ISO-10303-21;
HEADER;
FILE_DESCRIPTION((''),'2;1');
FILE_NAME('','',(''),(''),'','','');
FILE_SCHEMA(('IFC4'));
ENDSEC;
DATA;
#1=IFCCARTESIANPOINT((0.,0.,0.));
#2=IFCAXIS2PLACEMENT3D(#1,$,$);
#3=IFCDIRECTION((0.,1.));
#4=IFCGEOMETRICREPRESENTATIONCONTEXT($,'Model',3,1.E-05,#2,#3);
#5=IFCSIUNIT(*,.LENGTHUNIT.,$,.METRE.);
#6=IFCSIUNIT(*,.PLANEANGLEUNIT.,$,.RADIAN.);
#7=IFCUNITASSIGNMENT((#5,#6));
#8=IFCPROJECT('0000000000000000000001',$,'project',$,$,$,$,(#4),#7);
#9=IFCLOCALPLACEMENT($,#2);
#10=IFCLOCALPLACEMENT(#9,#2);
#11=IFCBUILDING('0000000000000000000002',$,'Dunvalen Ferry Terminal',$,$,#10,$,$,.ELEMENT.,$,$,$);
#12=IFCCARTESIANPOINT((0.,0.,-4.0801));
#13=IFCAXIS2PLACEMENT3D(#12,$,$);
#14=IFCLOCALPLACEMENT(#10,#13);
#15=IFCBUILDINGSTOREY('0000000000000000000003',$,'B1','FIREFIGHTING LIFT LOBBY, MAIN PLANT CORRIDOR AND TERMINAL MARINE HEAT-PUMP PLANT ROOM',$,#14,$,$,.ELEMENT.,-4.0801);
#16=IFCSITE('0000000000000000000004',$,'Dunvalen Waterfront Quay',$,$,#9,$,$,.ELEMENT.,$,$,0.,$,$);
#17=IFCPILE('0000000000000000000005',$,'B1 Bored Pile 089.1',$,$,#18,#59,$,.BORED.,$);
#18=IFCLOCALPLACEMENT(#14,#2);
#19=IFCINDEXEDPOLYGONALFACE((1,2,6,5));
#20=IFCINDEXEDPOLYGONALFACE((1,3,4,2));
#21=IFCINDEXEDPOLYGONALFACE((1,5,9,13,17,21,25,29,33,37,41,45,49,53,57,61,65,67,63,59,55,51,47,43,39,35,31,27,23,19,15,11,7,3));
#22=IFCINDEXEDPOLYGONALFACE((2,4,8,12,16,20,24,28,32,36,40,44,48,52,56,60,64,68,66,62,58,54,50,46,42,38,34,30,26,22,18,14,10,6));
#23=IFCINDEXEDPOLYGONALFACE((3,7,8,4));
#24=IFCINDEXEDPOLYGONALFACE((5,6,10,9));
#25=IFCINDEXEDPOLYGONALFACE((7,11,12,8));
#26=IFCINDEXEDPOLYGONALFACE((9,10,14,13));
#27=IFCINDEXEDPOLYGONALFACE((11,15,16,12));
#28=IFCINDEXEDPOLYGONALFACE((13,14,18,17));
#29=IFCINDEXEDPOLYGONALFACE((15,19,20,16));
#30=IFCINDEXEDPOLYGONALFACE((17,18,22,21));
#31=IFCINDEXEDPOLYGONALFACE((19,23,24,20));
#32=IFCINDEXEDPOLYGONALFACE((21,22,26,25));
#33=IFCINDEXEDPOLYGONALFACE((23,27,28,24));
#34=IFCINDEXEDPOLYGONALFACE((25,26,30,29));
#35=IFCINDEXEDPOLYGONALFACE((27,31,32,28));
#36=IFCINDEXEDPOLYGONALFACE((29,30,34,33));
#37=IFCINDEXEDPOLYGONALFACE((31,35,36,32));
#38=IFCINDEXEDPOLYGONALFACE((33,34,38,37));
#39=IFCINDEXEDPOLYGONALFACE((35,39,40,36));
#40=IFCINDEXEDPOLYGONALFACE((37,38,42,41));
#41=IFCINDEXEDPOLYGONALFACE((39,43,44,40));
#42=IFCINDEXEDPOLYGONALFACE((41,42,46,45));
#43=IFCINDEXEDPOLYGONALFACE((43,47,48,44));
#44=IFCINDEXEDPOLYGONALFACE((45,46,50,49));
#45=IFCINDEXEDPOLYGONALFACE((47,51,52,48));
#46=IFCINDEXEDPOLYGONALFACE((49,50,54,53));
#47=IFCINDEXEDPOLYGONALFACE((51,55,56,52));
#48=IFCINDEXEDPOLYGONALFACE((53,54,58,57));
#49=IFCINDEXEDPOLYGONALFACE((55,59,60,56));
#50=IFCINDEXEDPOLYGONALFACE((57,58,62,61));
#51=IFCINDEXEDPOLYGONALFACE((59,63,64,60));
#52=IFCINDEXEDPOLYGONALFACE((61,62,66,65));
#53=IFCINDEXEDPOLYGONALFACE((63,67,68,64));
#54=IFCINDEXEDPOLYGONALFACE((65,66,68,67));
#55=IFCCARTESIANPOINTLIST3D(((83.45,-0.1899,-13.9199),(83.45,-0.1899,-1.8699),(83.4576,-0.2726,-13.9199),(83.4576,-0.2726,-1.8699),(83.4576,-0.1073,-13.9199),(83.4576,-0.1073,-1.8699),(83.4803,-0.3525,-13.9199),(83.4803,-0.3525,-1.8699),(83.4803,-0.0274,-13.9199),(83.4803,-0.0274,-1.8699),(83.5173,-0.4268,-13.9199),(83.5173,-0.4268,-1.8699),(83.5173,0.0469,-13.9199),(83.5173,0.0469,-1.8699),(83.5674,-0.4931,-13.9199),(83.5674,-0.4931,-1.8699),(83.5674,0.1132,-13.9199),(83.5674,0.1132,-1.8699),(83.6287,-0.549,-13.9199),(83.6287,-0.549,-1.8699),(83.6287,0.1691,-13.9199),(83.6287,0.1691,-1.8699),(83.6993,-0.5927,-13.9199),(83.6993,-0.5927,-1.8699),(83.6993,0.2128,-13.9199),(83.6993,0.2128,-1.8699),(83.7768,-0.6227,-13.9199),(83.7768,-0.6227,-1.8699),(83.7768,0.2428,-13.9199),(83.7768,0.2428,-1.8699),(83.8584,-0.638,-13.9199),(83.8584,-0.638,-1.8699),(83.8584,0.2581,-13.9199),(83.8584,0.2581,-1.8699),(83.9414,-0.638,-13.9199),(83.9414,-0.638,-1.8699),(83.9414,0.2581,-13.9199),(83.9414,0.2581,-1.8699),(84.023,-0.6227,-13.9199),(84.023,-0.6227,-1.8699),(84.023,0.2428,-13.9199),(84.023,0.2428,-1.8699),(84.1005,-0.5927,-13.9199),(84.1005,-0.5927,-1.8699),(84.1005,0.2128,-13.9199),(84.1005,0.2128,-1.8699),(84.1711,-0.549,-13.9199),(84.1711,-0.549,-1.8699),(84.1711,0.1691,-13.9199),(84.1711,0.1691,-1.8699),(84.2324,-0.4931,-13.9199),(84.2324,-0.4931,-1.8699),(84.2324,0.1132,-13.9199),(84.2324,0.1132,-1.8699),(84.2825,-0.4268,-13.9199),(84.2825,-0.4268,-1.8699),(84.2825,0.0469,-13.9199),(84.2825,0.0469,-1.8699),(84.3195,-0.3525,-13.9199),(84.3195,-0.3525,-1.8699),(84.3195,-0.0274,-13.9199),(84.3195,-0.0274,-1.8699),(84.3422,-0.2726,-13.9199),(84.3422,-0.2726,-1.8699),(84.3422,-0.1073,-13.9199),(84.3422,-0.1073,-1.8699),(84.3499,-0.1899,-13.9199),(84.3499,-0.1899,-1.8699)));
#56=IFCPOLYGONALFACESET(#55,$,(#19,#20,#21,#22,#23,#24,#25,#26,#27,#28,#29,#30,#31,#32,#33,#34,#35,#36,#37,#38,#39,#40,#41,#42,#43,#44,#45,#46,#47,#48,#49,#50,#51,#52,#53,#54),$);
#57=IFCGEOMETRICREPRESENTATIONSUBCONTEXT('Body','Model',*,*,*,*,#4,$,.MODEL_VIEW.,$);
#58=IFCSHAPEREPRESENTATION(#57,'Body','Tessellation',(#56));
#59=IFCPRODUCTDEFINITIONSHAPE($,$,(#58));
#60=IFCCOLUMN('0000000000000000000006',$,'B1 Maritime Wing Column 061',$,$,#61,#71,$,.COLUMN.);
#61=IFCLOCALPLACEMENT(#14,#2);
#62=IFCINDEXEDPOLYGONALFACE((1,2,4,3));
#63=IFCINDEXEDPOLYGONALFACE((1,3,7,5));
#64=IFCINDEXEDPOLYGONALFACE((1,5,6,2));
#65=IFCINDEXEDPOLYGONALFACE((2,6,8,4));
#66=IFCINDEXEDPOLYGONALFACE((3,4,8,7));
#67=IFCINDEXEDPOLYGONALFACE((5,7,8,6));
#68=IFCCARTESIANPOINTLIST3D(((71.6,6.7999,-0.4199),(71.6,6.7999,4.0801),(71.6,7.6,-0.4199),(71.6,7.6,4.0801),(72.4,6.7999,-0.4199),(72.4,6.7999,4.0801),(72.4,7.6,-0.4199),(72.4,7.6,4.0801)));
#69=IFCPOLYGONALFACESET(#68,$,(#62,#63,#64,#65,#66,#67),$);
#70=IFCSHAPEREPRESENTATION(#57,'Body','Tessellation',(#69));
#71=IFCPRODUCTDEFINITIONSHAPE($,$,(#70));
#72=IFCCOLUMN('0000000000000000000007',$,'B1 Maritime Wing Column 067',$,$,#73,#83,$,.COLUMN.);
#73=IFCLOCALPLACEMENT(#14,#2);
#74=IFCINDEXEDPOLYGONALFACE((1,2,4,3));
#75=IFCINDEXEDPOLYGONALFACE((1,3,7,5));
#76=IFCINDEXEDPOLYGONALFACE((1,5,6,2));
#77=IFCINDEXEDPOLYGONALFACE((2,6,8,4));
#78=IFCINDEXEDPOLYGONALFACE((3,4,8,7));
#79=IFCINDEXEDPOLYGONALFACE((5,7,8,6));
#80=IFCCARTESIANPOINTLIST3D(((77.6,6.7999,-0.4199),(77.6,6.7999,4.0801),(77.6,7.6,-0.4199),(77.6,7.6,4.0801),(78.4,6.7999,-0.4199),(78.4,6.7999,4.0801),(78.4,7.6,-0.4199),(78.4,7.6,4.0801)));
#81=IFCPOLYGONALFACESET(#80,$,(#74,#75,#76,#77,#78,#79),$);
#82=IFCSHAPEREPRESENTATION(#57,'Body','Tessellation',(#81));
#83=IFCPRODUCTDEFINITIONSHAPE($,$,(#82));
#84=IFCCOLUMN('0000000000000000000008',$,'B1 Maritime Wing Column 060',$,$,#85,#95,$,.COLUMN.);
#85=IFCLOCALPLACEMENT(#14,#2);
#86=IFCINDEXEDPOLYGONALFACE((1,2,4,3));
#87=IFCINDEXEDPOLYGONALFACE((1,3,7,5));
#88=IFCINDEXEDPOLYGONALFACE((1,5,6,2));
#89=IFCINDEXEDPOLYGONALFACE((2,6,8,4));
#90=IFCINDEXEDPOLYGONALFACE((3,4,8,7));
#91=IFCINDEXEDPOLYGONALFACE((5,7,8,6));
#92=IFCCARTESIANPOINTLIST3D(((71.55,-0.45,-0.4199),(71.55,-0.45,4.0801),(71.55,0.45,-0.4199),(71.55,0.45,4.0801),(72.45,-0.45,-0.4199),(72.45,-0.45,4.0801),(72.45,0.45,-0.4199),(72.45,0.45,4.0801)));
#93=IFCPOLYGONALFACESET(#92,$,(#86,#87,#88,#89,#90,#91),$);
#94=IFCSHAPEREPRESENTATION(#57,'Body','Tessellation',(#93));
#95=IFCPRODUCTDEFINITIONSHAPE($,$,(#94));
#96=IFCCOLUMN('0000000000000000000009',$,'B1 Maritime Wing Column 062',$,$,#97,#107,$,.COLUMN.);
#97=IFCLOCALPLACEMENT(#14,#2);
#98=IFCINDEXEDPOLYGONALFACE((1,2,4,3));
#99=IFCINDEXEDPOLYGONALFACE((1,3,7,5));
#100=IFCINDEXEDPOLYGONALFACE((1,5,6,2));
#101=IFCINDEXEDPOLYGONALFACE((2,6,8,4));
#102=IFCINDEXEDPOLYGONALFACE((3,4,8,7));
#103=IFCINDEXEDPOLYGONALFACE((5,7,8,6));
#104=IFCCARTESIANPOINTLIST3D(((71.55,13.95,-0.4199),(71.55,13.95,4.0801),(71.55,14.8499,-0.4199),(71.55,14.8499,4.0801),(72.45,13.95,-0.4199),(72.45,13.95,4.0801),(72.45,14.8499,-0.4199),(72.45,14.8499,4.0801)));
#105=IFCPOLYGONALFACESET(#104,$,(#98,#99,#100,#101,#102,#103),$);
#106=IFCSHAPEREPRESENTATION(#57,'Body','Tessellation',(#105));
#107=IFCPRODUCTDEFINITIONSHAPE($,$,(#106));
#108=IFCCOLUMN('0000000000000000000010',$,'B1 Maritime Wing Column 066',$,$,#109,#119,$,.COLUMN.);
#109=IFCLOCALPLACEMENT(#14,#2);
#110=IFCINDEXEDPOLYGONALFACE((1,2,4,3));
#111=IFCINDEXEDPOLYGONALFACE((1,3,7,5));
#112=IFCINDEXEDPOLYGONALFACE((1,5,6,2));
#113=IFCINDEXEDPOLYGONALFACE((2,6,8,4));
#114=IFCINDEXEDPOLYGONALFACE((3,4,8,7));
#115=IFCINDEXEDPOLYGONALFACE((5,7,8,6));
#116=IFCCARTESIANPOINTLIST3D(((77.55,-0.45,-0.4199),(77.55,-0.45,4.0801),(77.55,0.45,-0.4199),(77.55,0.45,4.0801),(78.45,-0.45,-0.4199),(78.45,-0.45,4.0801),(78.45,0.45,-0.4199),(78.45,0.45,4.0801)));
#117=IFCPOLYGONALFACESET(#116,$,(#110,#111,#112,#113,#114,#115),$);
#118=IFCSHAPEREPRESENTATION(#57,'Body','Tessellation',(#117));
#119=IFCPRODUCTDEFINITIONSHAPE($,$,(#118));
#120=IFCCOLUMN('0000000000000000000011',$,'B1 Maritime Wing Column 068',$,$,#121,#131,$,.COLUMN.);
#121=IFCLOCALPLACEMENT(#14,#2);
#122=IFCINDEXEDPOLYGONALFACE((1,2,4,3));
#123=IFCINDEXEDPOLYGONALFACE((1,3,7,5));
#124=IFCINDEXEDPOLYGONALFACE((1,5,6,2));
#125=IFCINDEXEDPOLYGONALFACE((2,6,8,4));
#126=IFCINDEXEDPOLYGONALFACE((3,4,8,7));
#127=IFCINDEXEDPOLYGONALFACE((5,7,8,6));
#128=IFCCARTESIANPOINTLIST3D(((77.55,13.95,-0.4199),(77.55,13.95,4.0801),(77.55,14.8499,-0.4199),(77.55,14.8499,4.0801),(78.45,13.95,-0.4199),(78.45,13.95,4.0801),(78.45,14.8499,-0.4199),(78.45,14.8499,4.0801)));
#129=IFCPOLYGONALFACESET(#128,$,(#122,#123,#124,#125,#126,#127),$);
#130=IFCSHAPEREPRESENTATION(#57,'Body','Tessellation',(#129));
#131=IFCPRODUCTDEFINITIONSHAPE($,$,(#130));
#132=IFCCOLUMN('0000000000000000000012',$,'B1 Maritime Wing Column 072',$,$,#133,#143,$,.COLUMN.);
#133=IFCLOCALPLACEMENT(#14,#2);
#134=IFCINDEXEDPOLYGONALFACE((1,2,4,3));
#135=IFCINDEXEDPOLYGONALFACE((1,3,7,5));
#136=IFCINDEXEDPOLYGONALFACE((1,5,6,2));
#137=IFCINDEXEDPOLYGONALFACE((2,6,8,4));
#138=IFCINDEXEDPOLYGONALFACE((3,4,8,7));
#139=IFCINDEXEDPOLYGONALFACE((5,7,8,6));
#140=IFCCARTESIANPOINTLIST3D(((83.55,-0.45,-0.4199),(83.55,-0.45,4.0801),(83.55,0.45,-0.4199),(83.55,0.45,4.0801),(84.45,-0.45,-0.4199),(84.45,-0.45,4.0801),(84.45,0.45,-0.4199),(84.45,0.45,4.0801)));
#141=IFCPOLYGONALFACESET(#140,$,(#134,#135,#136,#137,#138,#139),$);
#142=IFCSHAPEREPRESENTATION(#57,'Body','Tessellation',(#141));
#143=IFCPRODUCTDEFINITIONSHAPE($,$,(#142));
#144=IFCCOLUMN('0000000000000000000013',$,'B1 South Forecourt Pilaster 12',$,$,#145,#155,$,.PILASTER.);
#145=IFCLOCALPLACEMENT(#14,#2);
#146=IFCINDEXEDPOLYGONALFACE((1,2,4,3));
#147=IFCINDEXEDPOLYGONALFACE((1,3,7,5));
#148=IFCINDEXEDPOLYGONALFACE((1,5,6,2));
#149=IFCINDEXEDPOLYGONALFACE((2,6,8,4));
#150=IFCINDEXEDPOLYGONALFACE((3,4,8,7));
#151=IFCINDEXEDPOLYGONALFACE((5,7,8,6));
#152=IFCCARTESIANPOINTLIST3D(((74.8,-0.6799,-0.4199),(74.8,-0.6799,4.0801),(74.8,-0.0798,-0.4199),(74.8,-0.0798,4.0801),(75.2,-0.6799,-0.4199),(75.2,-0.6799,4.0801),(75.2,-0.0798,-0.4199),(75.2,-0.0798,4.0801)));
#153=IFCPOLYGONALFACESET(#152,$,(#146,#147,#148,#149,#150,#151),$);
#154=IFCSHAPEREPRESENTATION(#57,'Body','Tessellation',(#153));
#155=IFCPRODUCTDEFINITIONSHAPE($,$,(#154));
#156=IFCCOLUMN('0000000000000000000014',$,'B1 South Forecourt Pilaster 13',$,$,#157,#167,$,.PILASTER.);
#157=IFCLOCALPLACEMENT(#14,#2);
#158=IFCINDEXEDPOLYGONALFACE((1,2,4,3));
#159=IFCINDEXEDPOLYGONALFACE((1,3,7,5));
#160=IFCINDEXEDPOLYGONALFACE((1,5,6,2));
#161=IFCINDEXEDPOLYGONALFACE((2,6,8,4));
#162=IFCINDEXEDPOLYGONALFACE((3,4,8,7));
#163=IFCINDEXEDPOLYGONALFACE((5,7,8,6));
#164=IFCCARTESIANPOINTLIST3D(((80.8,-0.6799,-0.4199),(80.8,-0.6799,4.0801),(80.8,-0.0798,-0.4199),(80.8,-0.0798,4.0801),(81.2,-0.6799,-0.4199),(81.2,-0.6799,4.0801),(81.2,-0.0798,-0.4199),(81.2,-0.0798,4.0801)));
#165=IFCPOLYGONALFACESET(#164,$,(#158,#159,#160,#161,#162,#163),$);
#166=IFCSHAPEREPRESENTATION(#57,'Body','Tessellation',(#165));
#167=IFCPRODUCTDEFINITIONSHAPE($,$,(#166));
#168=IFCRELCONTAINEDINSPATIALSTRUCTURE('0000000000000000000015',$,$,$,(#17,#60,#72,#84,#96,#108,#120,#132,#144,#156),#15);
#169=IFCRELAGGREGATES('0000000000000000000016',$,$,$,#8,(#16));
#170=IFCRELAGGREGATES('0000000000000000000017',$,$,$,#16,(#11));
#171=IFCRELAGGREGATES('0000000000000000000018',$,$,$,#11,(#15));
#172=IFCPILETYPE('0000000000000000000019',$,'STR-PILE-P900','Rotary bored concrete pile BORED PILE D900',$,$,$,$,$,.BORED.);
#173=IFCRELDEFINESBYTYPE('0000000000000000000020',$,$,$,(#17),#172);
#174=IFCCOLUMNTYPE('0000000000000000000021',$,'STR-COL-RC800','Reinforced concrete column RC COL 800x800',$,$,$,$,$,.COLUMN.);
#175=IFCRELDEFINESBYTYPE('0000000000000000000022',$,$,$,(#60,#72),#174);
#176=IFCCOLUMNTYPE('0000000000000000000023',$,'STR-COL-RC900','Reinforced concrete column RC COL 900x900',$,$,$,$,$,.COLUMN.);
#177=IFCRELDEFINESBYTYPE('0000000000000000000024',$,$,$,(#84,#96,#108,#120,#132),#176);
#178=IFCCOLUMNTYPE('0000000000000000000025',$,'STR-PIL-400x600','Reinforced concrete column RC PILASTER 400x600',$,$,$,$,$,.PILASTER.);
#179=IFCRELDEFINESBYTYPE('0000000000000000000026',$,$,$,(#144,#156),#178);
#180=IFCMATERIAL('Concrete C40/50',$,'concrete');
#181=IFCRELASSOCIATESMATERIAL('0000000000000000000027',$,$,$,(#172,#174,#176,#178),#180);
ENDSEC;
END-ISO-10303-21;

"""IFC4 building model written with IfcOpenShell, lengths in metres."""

from ifc_helpers import new_model, si_unit, direction, frame, origin, origin_2d, place, context, subcontext, project, spatial, rectangle, circle, extrude, material, material_profile, profile_set, type_object, element, save


model = new_model("IFC4")

# Units and contexts
model_context = context("Model", 3, precision=1e-05, world=origin(), true_north=direction((0.0, 1.0)))
body_context = subcontext(model_context, "Body", "Model", "MODEL_VIEW")
ifc_project = project(units=[si_unit("LENGTHUNIT", "METRE"), si_unit("PLANEANGLEUNIT", "RADIAN")], contexts=[model_context])

# Site, building, storey
site_placement = place(None, origin())
site = spatial("IfcSite", under=ifc_project, at=site_placement, Name="Dunvalen Waterfront Quay", CompositionType="ELEMENT", RefElevation=0.0)
building_placement = place(site_placement, origin())
building = spatial("IfcBuilding", under=site, at=building_placement, Name="Dunvalen Ferry Terminal", CompositionType="ELEMENT")
storey_placement = place(building_placement, frame((0.0, 0.0, -4.0801)))
storey = spatial("IfcBuildingStorey", under=building, at=storey_placement, Name="B1", Description="FIREFIGHTING LIFT LOBBY, MAIN PLANT CORRIDOR AND TERMINAL MARINE HEAT-PUMP PLANT ROOM", CompositionType="ELEMENT", Elevation=-4.0801)

# Shared definitions
ifc_material = material(Name="Concrete C40/50", Category="concrete")

# Pile
ifc_material_profile_1 = material_profile(ifc_material, circle(Radius=0.45, at=origin_2d()), Name="Concrete C40/50")
ifc_profile_set_1 = profile_set([ifc_material_profile_1], Name="Concrete C40/50")
pile_type_1 = type_object("IfcPileType", Name="STR-PILE-P900", Description="Rotary bored concrete pile BORED PILE D900", PredefinedType="BORED", material=ifc_profile_set_1)
for number, where, z_axis, x_axis, name in (
    (1, (83.8999, -0.1899, -1.8699), (0.0, 0.0, -1.0), (1.0, 0.0, 0.0), "B1 Bored Pile 089.1"),
):
    element("IfcPile", number, at=place(storey_placement, frame(where, z_axis=z_axis, x_axis=x_axis)), inside=storey, type_object=pile_type_1, Name=name, PredefinedType="BORED", context=body_context, shape_type="SweptSolid", body=[
        extrude(circle(Radius=0.45, at=origin_2d()), origin(), (0.0, 0.0, 1.0), 12.05),
    ])

# Columns
ifc_material_profile_2 = material_profile(ifc_material, rectangle(XDim=0.8, YDim=0.8, at=origin_2d()), Name="Concrete C40/50")
ifc_profile_set_2 = profile_set([ifc_material_profile_2], Name="Concrete C40/50")
column_type_1 = type_object("IfcColumnType", Name="STR-COL-RC800", Description="Reinforced concrete column RC COL 800x800", PredefinedType="COLUMN", material=ifc_profile_set_2)
for number, where, z_axis, x_axis, name in (
    (2, (72.0, 7.2, -0.4199), (0.0, 0.0, 1.0), (1.0, 0.0, 0.0), "B1 Maritime Wing Column 061"),
    (3, (78.0, 7.2, -0.4199), (0.0, 0.0, 1.0), (1.0, 0.0, 0.0), "B1 Maritime Wing Column 067"),
):
    element("IfcColumn", number, at=place(storey_placement, frame(where, z_axis=z_axis, x_axis=x_axis)), inside=storey, type_object=column_type_1, Name=name, PredefinedType="COLUMN", context=body_context, shape_type="SweptSolid", body=[
        extrude(rectangle(XDim=0.8, YDim=0.8, at=origin_2d()), origin(), (0.0, 0.0, 1.0), 4.5),
    ])
ifc_material_profile_3 = material_profile(ifc_material, rectangle(XDim=0.8999, YDim=0.8999, at=origin_2d()), Name="Concrete C40/50")
ifc_profile_set_3 = profile_set([ifc_material_profile_3], Name="Concrete C40/50")
column_type_2 = type_object("IfcColumnType", Name="STR-COL-RC900", Description="Reinforced concrete column RC COL 900x900", PredefinedType="COLUMN", material=ifc_profile_set_3)
for number, where, z_axis, x_axis, name in (
    (4, (72.0, 0.0, -0.4199), (0.0, 0.0, 1.0), (1.0, 0.0, 0.0), "B1 Maritime Wing Column 060"),
    (5, (72.0, 14.3999, -0.4199), (0.0, 0.0, 1.0), (1.0, 0.0, 0.0), "B1 Maritime Wing Column 062"),
    (6, (78.0, 0.0, -0.4199), (0.0, 0.0, 1.0), (1.0, 0.0, 0.0), "B1 Maritime Wing Column 066"),
    (7, (78.0, 14.3999, -0.4199), (0.0, 0.0, 1.0), (1.0, 0.0, 0.0), "B1 Maritime Wing Column 068"),
    (8, (84.0, 0.0, -0.4199), (0.0, 0.0, 1.0), (1.0, 0.0, 0.0), "B1 Maritime Wing Column 072"),
):
    element("IfcColumn", number, at=place(storey_placement, frame(where, z_axis=z_axis, x_axis=x_axis)), inside=storey, type_object=column_type_2, Name=name, PredefinedType="COLUMN", context=body_context, shape_type="SweptSolid", body=[
        extrude(rectangle(XDim=0.8999, YDim=0.8999, at=origin_2d()), origin(), (0.0, 0.0, 1.0), 4.5),
    ])
ifc_material_profile_4 = material_profile(ifc_material, rectangle(XDim=0.3999, YDim=0.6001, at=origin_2d()), Name="Concrete C40/50")
ifc_profile_set_4 = profile_set([ifc_material_profile_4], Name="Concrete C40/50")
column_type_3 = type_object("IfcColumnType", Name="STR-PIL-400x600", Description="Reinforced concrete column RC PILASTER 400x600", PredefinedType="PILASTER", material=ifc_profile_set_4)
for number, where, z_axis, x_axis, name in (
    (9, (75.0, -0.3799, -0.4199), (0.0, 0.0, 1.0), (1.0, 0.0, 0.0), "B1 South Forecourt Pilaster 12"),
    (10, (81.0, -0.3799, -0.4199), (0.0, 0.0, 1.0), (1.0, 0.0, 0.0), "B1 South Forecourt Pilaster 13"),
):
    element("IfcColumn", number, at=place(storey_placement, frame(where, z_axis=z_axis, x_axis=x_axis)), inside=storey, type_object=column_type_3, Name=name, PredefinedType="PILASTER", context=body_context, shape_type="SweptSolid", body=[
        extrude(rectangle(XDim=0.3999, YDim=0.6001, at=origin_2d()), origin(), (0.0, 0.0, 1.0), 4.5),
    ])

save(model, "model.ifc")
